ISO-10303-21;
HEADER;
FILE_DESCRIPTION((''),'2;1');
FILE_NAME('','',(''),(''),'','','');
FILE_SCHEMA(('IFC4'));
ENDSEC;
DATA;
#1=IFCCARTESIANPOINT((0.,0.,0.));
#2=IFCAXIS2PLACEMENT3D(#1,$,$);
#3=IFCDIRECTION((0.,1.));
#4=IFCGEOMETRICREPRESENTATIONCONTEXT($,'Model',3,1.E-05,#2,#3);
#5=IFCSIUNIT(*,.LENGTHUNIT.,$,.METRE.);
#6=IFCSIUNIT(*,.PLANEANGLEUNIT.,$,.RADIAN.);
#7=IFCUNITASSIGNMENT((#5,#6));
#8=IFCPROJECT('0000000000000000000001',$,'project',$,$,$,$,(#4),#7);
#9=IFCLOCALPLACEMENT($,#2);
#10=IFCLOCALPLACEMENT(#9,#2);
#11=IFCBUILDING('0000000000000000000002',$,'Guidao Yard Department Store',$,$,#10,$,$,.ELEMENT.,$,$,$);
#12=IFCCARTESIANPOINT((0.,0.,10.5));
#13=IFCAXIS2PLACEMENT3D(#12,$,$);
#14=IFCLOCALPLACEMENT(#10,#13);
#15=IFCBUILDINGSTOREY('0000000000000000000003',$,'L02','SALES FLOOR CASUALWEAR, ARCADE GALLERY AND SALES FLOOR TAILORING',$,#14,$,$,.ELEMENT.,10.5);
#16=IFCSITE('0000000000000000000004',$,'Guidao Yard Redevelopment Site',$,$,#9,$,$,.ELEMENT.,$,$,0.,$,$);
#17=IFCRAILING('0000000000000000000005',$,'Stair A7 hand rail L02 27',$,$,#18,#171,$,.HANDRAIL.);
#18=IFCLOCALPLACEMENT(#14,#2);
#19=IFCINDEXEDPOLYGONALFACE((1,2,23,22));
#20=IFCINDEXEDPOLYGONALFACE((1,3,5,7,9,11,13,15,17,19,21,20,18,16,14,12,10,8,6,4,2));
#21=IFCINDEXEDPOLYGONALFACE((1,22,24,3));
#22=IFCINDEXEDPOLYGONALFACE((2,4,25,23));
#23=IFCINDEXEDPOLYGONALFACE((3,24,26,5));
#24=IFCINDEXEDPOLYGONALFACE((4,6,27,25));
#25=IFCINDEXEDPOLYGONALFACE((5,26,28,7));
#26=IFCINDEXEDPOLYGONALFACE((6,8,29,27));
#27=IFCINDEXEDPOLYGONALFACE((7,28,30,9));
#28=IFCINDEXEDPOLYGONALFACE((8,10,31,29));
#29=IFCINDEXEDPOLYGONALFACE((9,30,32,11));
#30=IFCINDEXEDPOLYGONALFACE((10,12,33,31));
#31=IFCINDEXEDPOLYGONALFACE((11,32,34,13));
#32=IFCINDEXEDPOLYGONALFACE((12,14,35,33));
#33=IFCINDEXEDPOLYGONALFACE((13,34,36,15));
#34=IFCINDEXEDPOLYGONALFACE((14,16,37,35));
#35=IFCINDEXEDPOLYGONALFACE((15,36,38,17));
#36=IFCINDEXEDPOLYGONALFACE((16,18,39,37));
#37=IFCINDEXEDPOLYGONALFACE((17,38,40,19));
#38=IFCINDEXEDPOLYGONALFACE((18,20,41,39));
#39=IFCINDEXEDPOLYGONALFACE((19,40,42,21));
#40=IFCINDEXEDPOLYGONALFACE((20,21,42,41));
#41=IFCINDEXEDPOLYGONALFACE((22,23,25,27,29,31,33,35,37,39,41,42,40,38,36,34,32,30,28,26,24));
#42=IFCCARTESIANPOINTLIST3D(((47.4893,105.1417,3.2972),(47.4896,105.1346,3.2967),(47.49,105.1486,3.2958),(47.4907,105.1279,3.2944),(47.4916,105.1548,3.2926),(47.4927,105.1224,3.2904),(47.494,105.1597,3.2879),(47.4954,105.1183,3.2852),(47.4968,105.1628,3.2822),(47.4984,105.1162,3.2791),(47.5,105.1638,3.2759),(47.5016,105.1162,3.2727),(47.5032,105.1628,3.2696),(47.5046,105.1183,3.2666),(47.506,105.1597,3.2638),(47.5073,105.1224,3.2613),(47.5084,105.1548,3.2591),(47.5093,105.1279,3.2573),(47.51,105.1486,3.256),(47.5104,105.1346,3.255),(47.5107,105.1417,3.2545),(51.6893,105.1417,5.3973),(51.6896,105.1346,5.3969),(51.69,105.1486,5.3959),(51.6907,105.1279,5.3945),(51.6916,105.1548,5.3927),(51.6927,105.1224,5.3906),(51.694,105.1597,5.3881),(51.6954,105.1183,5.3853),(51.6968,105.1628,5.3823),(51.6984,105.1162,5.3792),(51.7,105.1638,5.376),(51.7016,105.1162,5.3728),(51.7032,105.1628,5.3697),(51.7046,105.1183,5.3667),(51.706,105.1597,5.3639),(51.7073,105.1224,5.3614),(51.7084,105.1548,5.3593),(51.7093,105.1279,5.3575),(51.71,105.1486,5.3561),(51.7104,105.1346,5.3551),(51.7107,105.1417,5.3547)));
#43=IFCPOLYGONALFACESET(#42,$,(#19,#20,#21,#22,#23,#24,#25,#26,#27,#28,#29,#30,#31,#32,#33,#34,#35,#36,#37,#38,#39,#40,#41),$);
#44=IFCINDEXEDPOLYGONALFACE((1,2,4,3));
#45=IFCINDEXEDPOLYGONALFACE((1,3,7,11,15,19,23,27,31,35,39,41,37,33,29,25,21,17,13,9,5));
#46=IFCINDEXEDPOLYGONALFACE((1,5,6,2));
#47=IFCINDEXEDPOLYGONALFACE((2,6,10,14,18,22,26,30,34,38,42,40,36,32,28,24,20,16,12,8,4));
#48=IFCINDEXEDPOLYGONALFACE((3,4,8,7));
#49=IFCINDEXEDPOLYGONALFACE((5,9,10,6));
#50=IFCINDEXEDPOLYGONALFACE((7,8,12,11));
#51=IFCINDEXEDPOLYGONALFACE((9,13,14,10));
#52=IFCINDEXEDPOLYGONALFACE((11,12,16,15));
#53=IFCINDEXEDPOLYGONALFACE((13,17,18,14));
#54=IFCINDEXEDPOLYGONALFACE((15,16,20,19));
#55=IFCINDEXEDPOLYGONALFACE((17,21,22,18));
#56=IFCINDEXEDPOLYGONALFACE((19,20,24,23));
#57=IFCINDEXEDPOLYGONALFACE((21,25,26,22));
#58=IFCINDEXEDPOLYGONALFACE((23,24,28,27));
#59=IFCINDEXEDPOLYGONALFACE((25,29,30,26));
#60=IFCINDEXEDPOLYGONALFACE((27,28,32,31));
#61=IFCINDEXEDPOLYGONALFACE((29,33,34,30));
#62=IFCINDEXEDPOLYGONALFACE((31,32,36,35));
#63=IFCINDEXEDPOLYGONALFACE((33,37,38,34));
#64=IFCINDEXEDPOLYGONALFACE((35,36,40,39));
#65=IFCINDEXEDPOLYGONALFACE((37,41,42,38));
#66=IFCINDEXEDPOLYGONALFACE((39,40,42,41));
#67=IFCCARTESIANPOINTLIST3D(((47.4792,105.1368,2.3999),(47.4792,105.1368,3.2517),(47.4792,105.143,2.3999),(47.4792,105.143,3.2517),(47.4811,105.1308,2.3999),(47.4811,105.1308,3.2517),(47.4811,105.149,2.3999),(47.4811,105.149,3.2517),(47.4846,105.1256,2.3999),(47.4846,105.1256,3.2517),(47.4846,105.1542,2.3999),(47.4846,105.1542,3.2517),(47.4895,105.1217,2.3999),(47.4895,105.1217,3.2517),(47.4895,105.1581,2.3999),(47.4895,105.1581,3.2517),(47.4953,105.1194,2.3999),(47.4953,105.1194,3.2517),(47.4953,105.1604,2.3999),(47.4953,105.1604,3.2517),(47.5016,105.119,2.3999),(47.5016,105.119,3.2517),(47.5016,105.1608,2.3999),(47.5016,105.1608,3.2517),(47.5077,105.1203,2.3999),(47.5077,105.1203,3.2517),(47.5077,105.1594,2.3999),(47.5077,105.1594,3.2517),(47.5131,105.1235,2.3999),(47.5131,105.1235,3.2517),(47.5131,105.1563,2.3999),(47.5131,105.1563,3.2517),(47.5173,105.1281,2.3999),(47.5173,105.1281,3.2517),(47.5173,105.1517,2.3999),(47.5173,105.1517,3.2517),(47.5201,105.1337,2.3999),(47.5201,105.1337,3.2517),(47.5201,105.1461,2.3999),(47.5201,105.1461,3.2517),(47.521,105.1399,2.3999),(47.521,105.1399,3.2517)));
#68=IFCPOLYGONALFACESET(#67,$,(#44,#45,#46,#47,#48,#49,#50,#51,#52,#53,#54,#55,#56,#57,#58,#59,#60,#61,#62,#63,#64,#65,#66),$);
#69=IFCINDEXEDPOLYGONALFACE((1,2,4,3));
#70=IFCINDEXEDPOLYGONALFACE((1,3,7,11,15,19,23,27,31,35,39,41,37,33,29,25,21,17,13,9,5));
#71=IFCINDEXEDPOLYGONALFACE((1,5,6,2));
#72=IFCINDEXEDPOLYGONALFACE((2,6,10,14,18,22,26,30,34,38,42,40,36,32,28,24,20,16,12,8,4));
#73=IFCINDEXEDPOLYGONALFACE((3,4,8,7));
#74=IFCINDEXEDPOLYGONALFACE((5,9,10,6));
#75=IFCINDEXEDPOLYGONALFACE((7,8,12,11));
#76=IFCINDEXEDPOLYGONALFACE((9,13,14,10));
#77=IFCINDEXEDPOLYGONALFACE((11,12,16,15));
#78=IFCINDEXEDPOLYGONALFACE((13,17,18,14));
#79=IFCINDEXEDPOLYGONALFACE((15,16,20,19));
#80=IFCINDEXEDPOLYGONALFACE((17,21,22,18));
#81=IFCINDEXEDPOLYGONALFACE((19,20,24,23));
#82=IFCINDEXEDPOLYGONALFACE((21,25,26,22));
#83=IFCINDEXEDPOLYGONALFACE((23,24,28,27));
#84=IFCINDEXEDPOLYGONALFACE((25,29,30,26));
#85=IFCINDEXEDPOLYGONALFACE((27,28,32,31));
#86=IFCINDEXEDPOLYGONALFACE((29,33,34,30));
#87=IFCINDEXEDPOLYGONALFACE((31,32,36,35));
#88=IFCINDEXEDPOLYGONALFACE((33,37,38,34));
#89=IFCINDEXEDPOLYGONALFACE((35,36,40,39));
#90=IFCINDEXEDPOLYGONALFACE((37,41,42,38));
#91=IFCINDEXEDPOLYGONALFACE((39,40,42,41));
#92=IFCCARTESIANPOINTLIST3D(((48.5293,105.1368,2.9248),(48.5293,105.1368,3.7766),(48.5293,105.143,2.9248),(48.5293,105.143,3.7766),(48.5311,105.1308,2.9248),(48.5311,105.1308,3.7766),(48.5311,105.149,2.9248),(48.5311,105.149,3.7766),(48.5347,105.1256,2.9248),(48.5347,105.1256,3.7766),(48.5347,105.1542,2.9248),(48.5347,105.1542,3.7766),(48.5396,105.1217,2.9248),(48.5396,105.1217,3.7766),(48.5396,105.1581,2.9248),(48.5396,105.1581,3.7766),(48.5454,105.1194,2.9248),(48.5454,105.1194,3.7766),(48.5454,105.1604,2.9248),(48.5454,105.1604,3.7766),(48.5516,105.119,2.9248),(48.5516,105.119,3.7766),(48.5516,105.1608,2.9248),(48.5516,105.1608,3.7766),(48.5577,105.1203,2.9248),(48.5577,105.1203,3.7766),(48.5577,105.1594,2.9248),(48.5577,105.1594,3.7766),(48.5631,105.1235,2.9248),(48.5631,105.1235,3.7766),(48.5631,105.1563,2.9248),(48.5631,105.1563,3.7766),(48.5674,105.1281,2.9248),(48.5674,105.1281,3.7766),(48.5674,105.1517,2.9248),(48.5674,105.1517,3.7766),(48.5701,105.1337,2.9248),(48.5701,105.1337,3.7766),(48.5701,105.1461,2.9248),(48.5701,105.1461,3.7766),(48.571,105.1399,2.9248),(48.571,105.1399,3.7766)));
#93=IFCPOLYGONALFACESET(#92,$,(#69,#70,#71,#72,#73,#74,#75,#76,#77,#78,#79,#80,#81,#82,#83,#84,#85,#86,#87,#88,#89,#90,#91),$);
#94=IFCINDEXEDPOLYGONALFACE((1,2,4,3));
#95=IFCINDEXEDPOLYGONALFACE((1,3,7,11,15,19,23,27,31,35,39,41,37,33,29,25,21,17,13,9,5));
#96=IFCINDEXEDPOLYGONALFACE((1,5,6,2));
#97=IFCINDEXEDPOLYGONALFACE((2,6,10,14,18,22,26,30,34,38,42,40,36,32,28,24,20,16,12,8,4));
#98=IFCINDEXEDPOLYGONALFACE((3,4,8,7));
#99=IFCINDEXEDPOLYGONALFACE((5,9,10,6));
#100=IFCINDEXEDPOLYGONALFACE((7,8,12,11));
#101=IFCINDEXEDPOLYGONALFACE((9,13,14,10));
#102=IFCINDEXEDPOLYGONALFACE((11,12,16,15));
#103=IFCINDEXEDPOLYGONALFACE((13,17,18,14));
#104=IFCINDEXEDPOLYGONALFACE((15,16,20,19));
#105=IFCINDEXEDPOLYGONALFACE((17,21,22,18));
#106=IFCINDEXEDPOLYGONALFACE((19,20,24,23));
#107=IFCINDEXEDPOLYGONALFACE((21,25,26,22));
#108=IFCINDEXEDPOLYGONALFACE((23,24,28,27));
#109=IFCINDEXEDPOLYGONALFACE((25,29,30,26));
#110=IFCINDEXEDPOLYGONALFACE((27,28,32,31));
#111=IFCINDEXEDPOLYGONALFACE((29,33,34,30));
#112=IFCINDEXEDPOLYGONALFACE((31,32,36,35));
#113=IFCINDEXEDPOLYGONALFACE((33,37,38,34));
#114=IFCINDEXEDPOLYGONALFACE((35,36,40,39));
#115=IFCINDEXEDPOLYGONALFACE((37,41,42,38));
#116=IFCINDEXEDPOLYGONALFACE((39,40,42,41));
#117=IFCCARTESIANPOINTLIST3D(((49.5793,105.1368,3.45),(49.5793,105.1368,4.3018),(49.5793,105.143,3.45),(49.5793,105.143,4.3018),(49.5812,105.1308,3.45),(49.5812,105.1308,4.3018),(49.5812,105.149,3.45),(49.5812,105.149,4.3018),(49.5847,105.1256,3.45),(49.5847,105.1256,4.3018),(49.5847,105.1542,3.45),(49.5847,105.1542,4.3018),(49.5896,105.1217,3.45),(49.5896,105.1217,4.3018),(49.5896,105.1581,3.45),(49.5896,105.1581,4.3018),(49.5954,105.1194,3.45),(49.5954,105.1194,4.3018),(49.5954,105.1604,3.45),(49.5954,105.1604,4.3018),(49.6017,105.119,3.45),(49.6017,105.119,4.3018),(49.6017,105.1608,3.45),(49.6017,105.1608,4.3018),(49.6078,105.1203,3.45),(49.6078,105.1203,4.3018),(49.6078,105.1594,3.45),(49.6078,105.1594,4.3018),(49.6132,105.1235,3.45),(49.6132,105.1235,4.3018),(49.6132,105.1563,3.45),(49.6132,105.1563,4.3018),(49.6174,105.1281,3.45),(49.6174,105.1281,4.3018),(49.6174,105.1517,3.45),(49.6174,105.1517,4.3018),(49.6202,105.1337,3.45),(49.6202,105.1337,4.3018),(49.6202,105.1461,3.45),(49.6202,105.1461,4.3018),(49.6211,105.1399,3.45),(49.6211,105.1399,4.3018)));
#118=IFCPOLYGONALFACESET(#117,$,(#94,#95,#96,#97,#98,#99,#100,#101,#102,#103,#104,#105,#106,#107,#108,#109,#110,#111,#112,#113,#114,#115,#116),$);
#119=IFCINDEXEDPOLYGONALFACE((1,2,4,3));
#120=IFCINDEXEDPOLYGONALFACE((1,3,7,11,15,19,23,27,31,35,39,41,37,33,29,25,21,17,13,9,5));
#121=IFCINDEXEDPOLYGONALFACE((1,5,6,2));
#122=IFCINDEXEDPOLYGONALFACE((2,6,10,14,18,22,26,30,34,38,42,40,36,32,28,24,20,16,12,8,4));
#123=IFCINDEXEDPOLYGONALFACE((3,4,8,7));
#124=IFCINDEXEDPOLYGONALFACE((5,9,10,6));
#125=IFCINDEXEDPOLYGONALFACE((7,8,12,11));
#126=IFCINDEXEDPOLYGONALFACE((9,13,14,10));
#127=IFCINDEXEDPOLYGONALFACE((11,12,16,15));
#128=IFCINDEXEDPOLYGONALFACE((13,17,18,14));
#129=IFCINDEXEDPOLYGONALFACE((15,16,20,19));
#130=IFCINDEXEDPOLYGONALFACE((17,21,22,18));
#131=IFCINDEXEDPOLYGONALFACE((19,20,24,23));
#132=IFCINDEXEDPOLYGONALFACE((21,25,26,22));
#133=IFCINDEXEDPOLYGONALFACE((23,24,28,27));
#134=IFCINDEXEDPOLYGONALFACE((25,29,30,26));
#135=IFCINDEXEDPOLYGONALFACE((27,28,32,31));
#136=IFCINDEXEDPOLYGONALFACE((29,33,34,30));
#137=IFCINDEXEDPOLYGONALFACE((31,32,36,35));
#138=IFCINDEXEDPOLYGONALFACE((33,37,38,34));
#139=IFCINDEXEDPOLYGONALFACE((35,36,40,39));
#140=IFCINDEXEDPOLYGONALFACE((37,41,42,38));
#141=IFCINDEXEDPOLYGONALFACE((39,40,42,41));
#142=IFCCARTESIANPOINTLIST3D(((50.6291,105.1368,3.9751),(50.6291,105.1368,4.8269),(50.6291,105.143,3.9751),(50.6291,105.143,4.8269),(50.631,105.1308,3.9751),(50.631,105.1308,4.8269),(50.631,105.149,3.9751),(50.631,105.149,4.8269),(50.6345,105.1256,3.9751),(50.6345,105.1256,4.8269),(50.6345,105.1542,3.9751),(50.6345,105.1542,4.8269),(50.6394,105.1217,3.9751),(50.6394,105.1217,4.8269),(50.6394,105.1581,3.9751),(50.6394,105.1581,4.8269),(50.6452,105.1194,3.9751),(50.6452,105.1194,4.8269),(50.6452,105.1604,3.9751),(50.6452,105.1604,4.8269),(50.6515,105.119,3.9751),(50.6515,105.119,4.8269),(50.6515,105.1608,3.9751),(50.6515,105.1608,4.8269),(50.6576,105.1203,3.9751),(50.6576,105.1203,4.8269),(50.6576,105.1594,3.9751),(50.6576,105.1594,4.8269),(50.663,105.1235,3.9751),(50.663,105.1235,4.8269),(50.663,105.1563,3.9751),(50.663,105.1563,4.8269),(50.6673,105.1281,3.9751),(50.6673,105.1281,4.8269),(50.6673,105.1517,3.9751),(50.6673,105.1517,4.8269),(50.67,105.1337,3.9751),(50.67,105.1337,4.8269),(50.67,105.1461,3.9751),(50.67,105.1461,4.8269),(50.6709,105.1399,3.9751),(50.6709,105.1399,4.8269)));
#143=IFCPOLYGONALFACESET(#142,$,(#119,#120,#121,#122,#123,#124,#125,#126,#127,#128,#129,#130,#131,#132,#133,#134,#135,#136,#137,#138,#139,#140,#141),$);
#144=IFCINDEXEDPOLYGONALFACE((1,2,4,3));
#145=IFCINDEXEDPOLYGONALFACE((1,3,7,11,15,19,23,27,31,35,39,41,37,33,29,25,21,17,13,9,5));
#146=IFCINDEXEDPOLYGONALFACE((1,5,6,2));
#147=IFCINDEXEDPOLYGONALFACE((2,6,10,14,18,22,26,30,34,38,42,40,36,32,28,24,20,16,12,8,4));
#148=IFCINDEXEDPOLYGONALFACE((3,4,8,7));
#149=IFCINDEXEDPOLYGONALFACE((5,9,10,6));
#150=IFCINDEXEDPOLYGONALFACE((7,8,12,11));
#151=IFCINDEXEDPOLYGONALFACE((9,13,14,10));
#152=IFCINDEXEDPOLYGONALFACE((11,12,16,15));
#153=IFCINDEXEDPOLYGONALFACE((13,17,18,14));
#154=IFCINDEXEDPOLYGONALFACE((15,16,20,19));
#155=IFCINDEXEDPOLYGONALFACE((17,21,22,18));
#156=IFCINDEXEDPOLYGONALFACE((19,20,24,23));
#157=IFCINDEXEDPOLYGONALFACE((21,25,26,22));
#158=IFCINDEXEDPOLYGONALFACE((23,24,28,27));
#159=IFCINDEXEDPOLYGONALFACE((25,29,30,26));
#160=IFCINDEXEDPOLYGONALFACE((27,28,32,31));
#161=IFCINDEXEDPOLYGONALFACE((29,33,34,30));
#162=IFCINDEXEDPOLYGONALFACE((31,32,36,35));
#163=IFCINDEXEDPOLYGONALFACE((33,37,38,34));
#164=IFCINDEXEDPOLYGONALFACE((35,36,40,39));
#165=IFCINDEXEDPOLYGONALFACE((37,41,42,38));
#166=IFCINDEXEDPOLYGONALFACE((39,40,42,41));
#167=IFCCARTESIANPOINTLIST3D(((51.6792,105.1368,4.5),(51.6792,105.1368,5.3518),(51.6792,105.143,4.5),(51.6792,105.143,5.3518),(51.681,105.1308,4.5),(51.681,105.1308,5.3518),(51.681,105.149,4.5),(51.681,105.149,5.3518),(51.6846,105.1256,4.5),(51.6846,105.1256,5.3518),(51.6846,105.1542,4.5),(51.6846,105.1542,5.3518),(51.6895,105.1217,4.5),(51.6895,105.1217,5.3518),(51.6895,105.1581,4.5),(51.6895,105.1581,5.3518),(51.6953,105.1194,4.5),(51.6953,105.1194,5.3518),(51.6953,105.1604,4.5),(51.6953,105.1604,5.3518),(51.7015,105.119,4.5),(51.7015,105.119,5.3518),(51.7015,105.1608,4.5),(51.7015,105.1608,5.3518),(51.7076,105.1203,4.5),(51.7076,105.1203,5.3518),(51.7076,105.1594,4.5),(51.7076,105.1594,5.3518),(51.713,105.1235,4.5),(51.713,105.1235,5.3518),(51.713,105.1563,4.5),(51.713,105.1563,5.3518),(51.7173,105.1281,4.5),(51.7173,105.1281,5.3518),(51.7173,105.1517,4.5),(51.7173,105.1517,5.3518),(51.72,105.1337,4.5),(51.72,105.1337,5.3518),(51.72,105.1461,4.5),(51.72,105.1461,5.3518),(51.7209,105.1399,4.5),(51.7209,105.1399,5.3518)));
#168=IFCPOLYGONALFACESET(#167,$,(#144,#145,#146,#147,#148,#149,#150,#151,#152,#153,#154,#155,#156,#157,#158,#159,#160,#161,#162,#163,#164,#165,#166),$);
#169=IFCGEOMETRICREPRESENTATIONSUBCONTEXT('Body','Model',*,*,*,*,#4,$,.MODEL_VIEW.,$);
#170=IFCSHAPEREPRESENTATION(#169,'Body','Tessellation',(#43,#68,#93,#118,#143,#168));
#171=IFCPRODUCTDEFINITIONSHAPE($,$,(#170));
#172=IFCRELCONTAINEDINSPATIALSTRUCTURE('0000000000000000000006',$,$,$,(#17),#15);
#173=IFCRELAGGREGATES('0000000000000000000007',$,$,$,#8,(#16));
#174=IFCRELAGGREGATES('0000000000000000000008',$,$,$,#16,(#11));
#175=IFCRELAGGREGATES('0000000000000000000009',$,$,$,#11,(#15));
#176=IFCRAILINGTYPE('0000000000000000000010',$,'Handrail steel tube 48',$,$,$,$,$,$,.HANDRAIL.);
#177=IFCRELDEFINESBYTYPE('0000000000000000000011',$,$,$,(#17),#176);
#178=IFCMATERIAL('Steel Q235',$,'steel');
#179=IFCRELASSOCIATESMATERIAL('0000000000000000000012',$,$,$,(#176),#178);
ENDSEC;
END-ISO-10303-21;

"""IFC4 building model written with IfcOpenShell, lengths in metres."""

from ifc_helpers import new_model, si_unit, direction, frame, origin, origin_2d, place, context, subcontext, project, spatial, circle, extrude, material, type_object, element, save


model = new_model("IFC4")

# Units and contexts
model_context = context("Model", 3, precision=1e-05, world=origin(), true_north=direction((0.0, 1.0)))
body_context = subcontext(model_context, "Body", "Model", "MODEL_VIEW")
ifc_project = project(units=[si_unit("LENGTHUNIT", "METRE"), si_unit("PLANEANGLEUNIT", "RADIAN")], contexts=[model_context])

# Site, building, storey
site_placement = place(None, origin())
site = spatial("IfcSite", under=ifc_project, at=site_placement, Name="Guidao Yard Redevelopment Site", CompositionType="ELEMENT", RefElevation=0.0)
building_placement = place(site_placement, origin())
building = spatial("IfcBuilding", under=site, at=building_placement, Name="Guidao Yard Department Store", CompositionType="ELEMENT")
storey_placement = place(building_placement, frame((0.0, 0.0, 10.5)))
storey = spatial("IfcBuildingStorey", under=building, at=storey_placement, Name="L02", Description="SALES FLOOR CASUALWEAR, ARCADE GALLERY AND SALES FLOOR TAILORING", CompositionType="ELEMENT", Elevation=10.5)

# Railing
ifc_material_1 = material(Name="Steel Q235", Category="steel")
railing_type = type_object("IfcRailingType", Name="Handrail steel tube 48", PredefinedType="HANDRAIL", material=ifc_material_1)
for number, where, name in (
    (1, (47.5, 105.1399, 2.3999), "Stair A7 hand rail L02 27"),
):
    element("IfcRailing", number, at=place(storey_placement, frame(where)), inside=storey, type_object=railing_type, Name=name, PredefinedType="HANDRAIL", context=body_context, shape_type="SweptSolid", body=[
        extrude(circle(Radius=0.0239, at=origin_2d()), frame((0.0, 0.0, 0.876), z_axis=(0.894417, 0.0, 0.447234), x_axis=(0.0, 1.0, 0.0)), (0.0, 0.0, 1.0), 4.6958),
        extrude(circle(Radius=0.021, at=origin_2d()), origin(), (0.0, 0.0, 1.0), 0.8518),
        extrude(circle(Radius=0.021, at=origin_2d()), frame((1.05, 0.0, 0.5249)), (0.0, 0.0, 1.0), 0.8518),
        extrude(circle(Radius=0.021, at=origin_2d()), frame((2.1001, 0.0, 1.05)), (0.0, 0.0, 1.0), 0.8518),
        extrude(circle(Radius=0.021, at=origin_2d()), frame((3.1499, 0.0, 1.5752)), (0.0, 0.0, 1.0), 0.8518),
        extrude(circle(Radius=0.021, at=origin_2d()), frame((4.2, 0.0, 2.1001)), (0.0, 0.0, 1.0), 0.8518),
    ])

save(model, "model.ifc")
